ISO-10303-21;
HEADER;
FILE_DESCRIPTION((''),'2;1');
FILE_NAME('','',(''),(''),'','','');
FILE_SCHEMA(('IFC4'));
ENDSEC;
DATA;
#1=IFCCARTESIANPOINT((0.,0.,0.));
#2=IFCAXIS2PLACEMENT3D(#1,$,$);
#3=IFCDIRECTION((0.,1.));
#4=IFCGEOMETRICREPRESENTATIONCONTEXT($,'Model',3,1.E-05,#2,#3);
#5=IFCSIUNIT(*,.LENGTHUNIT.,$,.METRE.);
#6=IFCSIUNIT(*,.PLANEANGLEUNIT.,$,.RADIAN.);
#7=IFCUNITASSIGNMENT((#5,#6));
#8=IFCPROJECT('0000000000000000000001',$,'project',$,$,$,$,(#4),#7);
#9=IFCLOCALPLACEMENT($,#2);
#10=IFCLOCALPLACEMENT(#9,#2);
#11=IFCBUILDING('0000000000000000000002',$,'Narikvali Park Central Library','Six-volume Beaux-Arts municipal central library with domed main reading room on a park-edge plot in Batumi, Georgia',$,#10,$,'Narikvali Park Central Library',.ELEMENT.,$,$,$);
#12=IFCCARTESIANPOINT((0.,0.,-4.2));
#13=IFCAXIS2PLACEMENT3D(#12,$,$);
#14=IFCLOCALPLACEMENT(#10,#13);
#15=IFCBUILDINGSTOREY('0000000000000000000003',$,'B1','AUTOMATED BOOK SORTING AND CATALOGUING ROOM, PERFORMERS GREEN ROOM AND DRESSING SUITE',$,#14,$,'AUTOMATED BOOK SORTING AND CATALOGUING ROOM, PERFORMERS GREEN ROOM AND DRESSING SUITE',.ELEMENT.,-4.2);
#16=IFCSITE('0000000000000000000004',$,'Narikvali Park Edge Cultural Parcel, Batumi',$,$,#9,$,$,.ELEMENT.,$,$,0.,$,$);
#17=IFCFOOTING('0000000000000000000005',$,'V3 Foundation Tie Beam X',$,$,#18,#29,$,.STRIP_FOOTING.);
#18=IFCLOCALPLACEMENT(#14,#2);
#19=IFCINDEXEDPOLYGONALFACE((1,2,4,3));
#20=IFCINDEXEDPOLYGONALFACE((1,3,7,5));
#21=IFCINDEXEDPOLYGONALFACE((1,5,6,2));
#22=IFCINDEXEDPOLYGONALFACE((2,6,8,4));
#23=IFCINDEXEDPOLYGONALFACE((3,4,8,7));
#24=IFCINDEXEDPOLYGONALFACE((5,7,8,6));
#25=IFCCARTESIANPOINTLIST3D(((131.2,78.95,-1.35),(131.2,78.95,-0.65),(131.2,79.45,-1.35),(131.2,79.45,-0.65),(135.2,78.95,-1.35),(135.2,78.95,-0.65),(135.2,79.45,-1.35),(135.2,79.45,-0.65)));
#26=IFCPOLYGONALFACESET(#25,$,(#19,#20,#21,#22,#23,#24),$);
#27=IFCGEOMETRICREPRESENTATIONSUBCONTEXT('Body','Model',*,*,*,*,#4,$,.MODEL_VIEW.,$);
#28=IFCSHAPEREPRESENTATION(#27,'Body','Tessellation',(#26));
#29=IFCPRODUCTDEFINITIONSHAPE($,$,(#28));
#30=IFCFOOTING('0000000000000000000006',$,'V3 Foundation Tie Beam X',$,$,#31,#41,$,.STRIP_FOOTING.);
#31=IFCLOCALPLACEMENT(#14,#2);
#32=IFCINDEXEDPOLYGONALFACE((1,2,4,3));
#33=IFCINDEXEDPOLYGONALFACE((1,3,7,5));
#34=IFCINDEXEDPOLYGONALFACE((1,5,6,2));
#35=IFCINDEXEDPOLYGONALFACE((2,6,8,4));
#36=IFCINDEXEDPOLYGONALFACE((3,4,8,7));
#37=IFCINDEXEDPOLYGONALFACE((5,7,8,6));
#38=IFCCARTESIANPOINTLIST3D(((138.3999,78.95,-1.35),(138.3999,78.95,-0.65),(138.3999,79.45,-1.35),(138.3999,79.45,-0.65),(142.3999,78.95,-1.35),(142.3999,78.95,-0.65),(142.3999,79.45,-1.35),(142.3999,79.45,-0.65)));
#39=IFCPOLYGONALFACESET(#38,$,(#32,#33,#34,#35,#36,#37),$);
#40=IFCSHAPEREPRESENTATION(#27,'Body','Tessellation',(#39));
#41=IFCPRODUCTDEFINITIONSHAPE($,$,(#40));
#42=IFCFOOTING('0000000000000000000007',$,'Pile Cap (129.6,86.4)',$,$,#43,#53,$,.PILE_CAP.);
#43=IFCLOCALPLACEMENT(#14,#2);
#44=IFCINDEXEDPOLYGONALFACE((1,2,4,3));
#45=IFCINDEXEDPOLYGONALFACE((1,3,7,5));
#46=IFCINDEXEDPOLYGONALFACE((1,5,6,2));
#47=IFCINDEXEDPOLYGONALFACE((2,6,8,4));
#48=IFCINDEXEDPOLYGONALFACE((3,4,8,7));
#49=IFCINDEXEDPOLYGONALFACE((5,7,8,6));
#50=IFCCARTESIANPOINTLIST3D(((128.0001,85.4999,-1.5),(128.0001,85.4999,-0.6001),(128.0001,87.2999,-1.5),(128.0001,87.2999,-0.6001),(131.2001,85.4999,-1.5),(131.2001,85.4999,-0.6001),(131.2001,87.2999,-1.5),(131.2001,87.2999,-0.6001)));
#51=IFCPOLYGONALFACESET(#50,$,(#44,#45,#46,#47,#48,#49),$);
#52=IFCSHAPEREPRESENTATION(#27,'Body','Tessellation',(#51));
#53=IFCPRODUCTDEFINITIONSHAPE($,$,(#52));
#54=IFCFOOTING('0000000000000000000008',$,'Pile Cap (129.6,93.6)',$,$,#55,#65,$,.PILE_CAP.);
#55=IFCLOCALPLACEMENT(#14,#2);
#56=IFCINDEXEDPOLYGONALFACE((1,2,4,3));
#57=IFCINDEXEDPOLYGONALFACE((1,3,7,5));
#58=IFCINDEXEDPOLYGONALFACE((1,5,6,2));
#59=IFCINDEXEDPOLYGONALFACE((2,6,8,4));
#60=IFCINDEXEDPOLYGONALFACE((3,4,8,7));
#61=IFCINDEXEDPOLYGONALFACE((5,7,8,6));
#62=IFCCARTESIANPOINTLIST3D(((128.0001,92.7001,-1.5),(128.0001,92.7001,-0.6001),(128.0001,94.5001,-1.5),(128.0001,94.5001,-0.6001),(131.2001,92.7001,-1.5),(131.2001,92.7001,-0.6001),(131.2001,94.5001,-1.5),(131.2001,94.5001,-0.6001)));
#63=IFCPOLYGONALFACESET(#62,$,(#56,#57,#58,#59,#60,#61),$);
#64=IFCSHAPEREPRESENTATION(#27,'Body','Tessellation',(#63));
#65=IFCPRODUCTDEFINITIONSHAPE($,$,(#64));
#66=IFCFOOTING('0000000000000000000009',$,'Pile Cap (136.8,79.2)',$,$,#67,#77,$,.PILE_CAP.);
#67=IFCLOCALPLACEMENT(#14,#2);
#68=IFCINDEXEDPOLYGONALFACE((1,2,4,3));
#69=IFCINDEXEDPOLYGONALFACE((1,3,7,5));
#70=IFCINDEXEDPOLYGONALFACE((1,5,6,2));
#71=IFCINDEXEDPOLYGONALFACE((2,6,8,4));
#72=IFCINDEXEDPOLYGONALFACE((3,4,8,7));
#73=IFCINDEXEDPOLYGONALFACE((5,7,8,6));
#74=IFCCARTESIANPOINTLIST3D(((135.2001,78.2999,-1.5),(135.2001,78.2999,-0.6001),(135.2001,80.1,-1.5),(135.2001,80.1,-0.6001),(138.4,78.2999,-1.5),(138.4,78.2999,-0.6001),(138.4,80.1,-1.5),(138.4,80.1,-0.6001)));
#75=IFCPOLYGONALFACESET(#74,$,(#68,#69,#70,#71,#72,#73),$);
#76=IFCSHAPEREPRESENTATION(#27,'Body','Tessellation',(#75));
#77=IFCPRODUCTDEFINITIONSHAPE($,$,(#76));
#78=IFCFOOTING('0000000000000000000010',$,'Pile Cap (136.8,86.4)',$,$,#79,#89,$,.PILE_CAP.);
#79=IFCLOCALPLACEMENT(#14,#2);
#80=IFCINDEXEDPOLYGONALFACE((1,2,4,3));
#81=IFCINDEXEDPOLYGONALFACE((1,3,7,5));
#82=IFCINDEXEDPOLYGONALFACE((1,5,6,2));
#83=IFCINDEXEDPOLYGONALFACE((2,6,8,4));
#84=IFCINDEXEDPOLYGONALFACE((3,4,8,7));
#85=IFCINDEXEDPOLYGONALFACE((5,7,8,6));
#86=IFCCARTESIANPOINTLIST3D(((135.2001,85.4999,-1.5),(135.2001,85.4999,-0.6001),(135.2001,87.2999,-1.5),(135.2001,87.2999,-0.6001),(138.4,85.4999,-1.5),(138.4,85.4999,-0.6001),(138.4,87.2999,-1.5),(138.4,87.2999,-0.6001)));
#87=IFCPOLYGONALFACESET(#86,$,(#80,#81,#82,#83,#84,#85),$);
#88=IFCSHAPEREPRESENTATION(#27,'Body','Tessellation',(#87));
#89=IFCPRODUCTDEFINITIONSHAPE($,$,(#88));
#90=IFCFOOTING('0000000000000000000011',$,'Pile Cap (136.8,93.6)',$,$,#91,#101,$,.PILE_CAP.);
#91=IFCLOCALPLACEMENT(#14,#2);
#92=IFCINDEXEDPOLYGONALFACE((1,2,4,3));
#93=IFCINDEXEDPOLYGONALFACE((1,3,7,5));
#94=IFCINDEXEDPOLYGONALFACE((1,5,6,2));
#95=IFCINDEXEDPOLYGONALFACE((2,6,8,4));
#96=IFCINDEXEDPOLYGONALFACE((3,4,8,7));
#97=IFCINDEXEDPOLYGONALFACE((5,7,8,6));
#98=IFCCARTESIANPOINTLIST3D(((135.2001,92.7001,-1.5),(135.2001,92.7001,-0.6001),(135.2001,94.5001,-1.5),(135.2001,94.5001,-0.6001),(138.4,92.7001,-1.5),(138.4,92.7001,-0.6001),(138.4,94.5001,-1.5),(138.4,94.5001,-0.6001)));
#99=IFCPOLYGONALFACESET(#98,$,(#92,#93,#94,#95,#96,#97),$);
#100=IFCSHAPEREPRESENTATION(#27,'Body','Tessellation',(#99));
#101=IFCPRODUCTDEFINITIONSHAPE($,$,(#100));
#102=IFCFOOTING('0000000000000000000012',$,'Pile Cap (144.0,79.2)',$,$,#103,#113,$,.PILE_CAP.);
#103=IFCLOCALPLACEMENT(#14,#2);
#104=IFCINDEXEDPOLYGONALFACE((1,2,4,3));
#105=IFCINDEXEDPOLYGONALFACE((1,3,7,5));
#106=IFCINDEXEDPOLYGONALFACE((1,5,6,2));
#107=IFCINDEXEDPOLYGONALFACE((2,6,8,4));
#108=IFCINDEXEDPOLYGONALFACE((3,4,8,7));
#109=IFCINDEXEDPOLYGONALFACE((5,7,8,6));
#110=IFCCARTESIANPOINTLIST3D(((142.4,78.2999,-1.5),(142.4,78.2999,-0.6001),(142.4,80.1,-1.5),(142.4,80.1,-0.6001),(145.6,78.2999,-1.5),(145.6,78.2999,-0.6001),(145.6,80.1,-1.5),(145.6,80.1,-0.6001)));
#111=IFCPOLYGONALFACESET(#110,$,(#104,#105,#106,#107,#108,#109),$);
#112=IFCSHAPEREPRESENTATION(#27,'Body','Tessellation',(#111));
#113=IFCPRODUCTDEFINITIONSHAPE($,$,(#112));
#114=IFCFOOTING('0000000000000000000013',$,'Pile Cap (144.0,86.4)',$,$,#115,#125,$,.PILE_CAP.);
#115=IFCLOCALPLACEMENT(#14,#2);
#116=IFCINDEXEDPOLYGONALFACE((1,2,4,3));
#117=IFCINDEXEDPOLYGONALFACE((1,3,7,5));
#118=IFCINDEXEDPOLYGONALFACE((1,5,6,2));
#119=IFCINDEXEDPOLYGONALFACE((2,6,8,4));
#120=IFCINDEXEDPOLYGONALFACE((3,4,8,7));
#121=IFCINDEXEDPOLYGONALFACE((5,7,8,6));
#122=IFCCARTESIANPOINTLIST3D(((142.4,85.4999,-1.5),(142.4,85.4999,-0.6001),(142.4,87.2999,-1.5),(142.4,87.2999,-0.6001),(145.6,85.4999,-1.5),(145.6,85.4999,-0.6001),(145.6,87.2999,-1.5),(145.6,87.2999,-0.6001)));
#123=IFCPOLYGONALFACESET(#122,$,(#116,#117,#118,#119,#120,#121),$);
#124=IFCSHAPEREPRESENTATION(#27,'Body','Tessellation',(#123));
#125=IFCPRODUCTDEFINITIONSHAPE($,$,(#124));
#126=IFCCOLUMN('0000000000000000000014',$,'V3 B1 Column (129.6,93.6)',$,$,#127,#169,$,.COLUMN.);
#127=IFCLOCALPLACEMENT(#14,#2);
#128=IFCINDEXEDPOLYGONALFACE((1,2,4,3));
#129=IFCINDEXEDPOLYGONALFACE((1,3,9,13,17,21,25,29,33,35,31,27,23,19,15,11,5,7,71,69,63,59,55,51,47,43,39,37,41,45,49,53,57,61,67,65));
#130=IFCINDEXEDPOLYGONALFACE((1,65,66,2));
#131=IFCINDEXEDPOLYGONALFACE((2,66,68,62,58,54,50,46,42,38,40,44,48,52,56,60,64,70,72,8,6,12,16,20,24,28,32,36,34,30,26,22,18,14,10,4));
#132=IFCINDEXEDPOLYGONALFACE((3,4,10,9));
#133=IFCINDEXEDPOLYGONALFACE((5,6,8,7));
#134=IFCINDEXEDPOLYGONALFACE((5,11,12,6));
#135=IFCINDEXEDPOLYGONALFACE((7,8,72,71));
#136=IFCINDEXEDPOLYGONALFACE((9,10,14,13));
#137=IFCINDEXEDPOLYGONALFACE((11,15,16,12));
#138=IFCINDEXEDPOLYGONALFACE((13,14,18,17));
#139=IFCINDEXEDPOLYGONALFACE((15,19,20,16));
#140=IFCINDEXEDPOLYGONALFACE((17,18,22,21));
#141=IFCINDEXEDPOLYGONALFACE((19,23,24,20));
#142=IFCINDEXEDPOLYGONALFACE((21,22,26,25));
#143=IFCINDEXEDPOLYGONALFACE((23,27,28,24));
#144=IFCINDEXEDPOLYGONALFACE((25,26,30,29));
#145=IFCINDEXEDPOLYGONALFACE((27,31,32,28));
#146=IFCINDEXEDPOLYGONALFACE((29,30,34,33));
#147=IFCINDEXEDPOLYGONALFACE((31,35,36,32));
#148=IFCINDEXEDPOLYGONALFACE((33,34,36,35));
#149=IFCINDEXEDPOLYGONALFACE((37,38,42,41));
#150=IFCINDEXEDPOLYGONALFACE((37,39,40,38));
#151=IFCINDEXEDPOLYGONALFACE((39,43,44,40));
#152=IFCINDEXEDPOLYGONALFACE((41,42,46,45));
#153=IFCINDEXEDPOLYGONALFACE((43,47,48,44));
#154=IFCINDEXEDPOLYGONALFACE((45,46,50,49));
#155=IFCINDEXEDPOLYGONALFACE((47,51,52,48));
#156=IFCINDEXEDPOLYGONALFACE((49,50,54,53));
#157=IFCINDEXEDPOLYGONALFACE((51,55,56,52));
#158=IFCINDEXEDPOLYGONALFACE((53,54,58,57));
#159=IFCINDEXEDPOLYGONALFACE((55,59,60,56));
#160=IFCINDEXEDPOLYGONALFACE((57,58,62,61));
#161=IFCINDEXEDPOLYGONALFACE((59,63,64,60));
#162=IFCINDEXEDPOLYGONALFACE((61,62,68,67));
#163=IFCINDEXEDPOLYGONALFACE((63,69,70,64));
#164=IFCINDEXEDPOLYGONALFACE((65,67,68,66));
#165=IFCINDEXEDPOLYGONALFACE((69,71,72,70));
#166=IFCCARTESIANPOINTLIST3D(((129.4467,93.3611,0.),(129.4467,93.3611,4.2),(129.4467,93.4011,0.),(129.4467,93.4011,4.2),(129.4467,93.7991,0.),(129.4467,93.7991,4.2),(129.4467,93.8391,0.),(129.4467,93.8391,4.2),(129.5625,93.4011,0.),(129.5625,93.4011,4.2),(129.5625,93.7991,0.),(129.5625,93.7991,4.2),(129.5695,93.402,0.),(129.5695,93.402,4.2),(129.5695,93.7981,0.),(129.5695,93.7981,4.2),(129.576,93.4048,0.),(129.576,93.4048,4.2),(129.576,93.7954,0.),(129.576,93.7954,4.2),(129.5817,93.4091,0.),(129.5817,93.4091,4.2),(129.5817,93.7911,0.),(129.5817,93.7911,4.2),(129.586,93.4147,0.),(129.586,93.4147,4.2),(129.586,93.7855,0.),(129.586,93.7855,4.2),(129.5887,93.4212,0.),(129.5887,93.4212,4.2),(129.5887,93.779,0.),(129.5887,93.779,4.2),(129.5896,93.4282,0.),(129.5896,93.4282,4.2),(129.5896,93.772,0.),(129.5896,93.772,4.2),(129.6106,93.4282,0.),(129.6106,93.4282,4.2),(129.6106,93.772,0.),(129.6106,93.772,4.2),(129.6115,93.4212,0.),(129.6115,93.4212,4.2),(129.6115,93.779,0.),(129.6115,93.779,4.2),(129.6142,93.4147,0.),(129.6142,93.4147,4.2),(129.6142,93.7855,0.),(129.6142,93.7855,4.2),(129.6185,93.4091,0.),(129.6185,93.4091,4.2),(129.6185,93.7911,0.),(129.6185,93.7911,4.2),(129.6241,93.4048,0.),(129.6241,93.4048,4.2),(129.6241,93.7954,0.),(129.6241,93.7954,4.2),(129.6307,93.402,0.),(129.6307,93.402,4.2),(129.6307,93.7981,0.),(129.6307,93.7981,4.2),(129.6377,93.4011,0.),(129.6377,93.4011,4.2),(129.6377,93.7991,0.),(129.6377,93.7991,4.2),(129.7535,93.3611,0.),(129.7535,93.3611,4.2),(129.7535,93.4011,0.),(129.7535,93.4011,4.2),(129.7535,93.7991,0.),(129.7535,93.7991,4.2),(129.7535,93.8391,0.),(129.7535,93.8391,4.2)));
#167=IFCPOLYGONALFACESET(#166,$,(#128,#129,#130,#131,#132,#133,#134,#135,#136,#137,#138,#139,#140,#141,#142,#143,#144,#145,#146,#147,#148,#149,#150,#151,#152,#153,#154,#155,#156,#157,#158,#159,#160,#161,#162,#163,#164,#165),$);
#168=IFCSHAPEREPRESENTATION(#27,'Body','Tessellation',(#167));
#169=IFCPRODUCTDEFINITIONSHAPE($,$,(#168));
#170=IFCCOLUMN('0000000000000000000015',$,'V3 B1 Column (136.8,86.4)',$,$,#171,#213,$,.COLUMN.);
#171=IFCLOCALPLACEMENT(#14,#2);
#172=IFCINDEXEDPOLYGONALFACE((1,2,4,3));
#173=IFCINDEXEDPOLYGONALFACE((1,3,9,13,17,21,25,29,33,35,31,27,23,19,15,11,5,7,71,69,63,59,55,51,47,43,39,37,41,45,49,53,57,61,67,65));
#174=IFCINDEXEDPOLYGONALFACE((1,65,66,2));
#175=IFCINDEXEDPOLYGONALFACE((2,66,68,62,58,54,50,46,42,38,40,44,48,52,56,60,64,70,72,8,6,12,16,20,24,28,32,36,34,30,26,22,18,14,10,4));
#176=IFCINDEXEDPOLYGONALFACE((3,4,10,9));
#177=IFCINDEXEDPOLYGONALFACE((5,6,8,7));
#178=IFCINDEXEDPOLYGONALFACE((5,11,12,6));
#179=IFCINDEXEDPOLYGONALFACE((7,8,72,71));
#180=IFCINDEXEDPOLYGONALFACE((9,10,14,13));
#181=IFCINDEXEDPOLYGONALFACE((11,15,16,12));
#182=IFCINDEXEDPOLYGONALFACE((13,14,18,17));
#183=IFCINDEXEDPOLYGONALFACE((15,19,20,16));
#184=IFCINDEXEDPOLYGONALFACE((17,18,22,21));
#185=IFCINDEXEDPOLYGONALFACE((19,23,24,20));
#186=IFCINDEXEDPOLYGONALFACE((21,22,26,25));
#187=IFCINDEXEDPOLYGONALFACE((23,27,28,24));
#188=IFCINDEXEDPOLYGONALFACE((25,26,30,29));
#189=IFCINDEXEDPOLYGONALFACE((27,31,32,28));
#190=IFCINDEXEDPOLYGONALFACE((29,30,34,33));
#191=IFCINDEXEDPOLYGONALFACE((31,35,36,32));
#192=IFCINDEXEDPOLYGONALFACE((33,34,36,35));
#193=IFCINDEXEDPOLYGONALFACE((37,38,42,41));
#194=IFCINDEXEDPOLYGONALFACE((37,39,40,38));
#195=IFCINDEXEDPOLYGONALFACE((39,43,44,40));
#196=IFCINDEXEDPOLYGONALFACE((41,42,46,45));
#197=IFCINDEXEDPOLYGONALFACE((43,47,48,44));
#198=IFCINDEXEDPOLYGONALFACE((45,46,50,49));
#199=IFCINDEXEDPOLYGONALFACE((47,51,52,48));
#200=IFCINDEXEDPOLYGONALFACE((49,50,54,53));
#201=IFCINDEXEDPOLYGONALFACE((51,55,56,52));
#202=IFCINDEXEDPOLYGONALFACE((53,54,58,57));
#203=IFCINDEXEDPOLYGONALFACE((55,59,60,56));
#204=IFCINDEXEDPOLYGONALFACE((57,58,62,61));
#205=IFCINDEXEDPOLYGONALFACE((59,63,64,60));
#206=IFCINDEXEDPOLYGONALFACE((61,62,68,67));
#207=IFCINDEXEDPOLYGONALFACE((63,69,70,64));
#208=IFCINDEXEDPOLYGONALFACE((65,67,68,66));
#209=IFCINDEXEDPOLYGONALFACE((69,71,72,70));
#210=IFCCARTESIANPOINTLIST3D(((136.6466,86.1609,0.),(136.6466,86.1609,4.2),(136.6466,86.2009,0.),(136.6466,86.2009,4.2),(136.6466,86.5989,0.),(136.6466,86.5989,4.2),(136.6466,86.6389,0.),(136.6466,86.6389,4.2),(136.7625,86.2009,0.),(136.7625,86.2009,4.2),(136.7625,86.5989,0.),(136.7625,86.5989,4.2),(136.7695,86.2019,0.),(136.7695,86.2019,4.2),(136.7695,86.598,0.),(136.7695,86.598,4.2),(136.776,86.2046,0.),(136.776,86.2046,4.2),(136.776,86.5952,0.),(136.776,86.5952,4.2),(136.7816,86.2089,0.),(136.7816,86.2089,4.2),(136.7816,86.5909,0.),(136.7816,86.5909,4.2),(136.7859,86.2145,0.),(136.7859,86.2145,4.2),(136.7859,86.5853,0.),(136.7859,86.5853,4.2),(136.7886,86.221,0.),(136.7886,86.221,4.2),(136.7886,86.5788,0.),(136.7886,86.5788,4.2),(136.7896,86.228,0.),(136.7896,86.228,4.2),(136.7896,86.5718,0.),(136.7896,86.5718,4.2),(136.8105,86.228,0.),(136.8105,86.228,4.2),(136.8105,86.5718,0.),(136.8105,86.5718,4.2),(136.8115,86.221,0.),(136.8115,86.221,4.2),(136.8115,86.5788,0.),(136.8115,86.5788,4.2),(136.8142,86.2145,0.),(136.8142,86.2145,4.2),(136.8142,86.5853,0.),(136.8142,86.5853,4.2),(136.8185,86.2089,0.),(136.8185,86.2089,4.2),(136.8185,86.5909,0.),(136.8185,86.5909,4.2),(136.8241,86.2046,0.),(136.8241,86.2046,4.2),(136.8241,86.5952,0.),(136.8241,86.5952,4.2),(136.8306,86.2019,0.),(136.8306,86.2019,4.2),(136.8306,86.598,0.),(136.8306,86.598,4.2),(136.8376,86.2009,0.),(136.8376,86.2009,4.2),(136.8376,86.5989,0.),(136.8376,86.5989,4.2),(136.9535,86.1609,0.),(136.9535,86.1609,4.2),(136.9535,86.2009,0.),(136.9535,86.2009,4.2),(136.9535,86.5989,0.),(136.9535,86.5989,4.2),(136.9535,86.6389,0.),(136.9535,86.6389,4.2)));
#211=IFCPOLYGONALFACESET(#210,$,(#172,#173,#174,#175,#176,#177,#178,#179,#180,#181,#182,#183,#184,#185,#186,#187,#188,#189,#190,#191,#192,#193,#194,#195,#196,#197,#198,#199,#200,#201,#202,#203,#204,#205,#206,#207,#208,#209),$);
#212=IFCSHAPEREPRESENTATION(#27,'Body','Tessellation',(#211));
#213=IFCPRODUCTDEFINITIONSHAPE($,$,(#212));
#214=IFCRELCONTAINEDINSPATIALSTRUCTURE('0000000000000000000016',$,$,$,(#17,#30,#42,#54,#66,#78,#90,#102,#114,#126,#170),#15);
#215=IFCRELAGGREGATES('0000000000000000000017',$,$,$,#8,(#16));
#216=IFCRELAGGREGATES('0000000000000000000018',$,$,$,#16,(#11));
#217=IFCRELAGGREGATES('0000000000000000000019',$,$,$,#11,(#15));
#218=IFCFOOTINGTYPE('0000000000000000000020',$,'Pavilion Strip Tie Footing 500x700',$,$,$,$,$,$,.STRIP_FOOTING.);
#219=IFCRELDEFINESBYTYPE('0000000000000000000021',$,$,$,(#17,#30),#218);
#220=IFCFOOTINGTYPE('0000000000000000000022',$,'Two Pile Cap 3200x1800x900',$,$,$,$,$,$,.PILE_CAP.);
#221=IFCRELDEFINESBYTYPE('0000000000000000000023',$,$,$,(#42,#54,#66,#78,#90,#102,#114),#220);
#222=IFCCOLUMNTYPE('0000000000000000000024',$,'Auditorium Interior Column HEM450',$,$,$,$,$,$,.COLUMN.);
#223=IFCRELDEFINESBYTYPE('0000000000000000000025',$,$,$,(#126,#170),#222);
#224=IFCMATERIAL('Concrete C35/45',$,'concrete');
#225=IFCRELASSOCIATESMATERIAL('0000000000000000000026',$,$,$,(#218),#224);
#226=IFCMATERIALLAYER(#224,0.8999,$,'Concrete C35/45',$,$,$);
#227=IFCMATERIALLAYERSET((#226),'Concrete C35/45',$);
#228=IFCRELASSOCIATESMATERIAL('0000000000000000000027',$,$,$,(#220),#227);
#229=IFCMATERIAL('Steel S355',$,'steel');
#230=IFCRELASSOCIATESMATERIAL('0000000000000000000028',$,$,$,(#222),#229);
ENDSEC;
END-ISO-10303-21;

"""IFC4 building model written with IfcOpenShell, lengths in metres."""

from ifc_helpers import new_model, si_unit, direction, frame, origin, origin_2d, place, context, subcontext, project, spatial, rectangle, i_section, extrude, material, layer, layer_set, material_profile, profile_set, type_object, element, save


model = new_model("IFC4")

# Units and contexts
model_context = context("Model", 3, precision=1e-05, world=origin(), true_north=direction((0.0, 1.0)))
body_context = subcontext(model_context, "Body", "Model", "MODEL_VIEW")
ifc_project = project(units=[si_unit("LENGTHUNIT", "METRE"), si_unit("PLANEANGLEUNIT", "RADIAN")], contexts=[model_context])

# Site, building, storey
site_placement = place(None, origin())
site = spatial("IfcSite", under=ifc_project, at=site_placement, Name="Narikvali Park Edge Cultural Parcel, Batumi", CompositionType="ELEMENT", RefElevation=0.0)
building_placement = place(site_placement, origin())
building = spatial("IfcBuilding", under=site, at=building_placement, Name="Narikvali Park Central Library", Description="Six-volume Beaux-Arts municipal central library with domed main reading room on a park-edge plot in Batumi, Georgia", LongName="Narikvali Park Central Library", CompositionType="ELEMENT")
storey_placement = place(building_placement, frame((0.0, 0.0, -4.2)))
storey = spatial("IfcBuildingStorey", under=building, at=storey_placement, Name="B1", Description="AUTOMATED BOOK SORTING AND CATALOGUING ROOM, PERFORMERS GREEN ROOM AND DRESSING SUITE", LongName="AUTOMATED BOOK SORTING AND CATALOGUING ROOM, PERFORMERS GREEN ROOM AND DRESSING SUITE", CompositionType="ELEMENT", Elevation=-4.2)

# Shared definitions
ifc_material_1 = material(Name="Concrete C35/45", Category="concrete")

# Footings
ifc_material_profile_1 = material_profile(ifc_material_1, rectangle(XDim=0.5, YDim=0.7, at=origin_2d()), Name="RC GB 500x700")
ifc_profile_set_1 = profile_set([ifc_material_profile_1], Name="Concrete C35/45")
footing_type_1 = type_object("IfcFootingType", Name="Pavilion Strip Tie Footing 500x700", PredefinedType="STRIP_FOOTING", material=ifc_profile_set_1)
for number, where, z_axis, x_axis, name in (
    (1, (131.2, 79.2, -1.0), (1.0, 0.0, 0.0), (0.0, 1.0, 0.0), "V3 Foundation Tie Beam X"),
    (2, (138.3999, 79.2, -1.0), (1.0, 0.0, 0.0), (0.0, 1.0, 0.0), "V3 Foundation Tie Beam X"),
):
    element("IfcFooting", number, at=place(storey_placement, frame(where, z_axis=z_axis, x_axis=x_axis)), inside=storey, type_object=footing_type_1, Name=name, PredefinedType="STRIP_FOOTING", context=body_context, shape_type="SweptSolid", body=[
        extrude(rectangle(XDim=0.5, YDim=0.7, at=origin_2d()), origin(), (0.0, 0.0, 1.0), 4.0),
    ])
ifc_layer_1 = layer(ifc_material_1, 0.8999, Name="Concrete C35/45")
ifc_layer_set_1 = layer_set([ifc_layer_1], Name="Concrete C35/45")
footing_type_2 = type_object("IfcFootingType", Name="Two Pile Cap 3200x1800x900", PredefinedType="PILE_CAP", material=ifc_layer_set_1)
for number, where, z_axis, x_axis, name in (
    (3, (129.6001, 86.3999, -1.5), (0.0, 0.0, 1.0), (1.0, 0.0, 0.0), "Pile Cap (129.6,86.4)"),
    (4, (129.6001, 93.6001, -1.5), (0.0, 0.0, 1.0), (1.0, 0.0, 0.0), "Pile Cap (129.6,93.6)"),
    (5, (136.8, 79.2, -1.5), (0.0, 0.0, 1.0), (1.0, 0.0, 0.0), "Pile Cap (136.8,79.2)"),
    (6, (136.8, 86.3999, -1.5), (0.0, 0.0, 1.0), (1.0, 0.0, 0.0), "Pile Cap (136.8,86.4)"),
    (7, (136.8, 93.6001, -1.5), (0.0, 0.0, 1.0), (1.0, 0.0, 0.0), "Pile Cap (136.8,93.6)"),
    (8, (144.0, 79.2, -1.5), (0.0, 0.0, 1.0), (1.0, 0.0, 0.0), "Pile Cap (144.0,79.2)"),
    (9, (144.0, 86.3999, -1.5), (0.0, 0.0, 1.0), (1.0, 0.0, 0.0), "Pile Cap (144.0,86.4)"),
):
    element("IfcFooting", number, at=place(storey_placement, frame(where, z_axis=z_axis, x_axis=x_axis)), inside=storey, type_object=footing_type_2, Name=name, PredefinedType="PILE_CAP", context=body_context, shape_type="SweptSolid", body=[
        extrude(rectangle(XDim=3.2, YDim=1.8, at=origin_2d()), origin(), (0.0, 0.0, 1.0), 0.8999),
    ])

# Columns
ifc_material_2 = material(Name="Steel S355", Category="steel")
ifc_material_profile_2 = material_profile(ifc_material_2, i_section(OverallWidth=0.3069, OverallDepth=0.478, WebThickness=0.021, FlangeThickness=0.04, FilletRadius=0.0271, at=origin_2d()), Name="HEM 450")
ifc_profile_set_2 = profile_set([ifc_material_profile_2], Name="Steel S355")
column_type_1 = type_object("IfcColumnType", Name="Auditorium Interior Column HEM450", PredefinedType="COLUMN", material=ifc_profile_set_2)
for number, where, z_axis, x_axis, name in (
    (10, (129.6001, 93.6001, 0.0), (0.0, 0.0, 1.0), (1.0, 0.0, 0.0), "V3 B1 Column (129.6,93.6)"),
    (11, (136.8, 86.3999, 0.0), (0.0, 0.0, 1.0), (1.0, 0.0, 0.0), "V3 B1 Column (136.8,86.4)"),
):
    element("IfcColumn", number, at=place(storey_placement, frame(where, z_axis=z_axis, x_axis=x_axis)), inside=storey, type_object=column_type_1, Name=name, PredefinedType="COLUMN", context=body_context, shape_type="SweptSolid", body=[
        extrude(i_section(OverallWidth=0.3069, OverallDepth=0.478, WebThickness=0.021, FlangeThickness=0.04, FilletRadius=0.0271, at=origin_2d()), origin(), (0.0, 0.0, 1.0), 4.2),
    ])

save(model, "model.ifc")
